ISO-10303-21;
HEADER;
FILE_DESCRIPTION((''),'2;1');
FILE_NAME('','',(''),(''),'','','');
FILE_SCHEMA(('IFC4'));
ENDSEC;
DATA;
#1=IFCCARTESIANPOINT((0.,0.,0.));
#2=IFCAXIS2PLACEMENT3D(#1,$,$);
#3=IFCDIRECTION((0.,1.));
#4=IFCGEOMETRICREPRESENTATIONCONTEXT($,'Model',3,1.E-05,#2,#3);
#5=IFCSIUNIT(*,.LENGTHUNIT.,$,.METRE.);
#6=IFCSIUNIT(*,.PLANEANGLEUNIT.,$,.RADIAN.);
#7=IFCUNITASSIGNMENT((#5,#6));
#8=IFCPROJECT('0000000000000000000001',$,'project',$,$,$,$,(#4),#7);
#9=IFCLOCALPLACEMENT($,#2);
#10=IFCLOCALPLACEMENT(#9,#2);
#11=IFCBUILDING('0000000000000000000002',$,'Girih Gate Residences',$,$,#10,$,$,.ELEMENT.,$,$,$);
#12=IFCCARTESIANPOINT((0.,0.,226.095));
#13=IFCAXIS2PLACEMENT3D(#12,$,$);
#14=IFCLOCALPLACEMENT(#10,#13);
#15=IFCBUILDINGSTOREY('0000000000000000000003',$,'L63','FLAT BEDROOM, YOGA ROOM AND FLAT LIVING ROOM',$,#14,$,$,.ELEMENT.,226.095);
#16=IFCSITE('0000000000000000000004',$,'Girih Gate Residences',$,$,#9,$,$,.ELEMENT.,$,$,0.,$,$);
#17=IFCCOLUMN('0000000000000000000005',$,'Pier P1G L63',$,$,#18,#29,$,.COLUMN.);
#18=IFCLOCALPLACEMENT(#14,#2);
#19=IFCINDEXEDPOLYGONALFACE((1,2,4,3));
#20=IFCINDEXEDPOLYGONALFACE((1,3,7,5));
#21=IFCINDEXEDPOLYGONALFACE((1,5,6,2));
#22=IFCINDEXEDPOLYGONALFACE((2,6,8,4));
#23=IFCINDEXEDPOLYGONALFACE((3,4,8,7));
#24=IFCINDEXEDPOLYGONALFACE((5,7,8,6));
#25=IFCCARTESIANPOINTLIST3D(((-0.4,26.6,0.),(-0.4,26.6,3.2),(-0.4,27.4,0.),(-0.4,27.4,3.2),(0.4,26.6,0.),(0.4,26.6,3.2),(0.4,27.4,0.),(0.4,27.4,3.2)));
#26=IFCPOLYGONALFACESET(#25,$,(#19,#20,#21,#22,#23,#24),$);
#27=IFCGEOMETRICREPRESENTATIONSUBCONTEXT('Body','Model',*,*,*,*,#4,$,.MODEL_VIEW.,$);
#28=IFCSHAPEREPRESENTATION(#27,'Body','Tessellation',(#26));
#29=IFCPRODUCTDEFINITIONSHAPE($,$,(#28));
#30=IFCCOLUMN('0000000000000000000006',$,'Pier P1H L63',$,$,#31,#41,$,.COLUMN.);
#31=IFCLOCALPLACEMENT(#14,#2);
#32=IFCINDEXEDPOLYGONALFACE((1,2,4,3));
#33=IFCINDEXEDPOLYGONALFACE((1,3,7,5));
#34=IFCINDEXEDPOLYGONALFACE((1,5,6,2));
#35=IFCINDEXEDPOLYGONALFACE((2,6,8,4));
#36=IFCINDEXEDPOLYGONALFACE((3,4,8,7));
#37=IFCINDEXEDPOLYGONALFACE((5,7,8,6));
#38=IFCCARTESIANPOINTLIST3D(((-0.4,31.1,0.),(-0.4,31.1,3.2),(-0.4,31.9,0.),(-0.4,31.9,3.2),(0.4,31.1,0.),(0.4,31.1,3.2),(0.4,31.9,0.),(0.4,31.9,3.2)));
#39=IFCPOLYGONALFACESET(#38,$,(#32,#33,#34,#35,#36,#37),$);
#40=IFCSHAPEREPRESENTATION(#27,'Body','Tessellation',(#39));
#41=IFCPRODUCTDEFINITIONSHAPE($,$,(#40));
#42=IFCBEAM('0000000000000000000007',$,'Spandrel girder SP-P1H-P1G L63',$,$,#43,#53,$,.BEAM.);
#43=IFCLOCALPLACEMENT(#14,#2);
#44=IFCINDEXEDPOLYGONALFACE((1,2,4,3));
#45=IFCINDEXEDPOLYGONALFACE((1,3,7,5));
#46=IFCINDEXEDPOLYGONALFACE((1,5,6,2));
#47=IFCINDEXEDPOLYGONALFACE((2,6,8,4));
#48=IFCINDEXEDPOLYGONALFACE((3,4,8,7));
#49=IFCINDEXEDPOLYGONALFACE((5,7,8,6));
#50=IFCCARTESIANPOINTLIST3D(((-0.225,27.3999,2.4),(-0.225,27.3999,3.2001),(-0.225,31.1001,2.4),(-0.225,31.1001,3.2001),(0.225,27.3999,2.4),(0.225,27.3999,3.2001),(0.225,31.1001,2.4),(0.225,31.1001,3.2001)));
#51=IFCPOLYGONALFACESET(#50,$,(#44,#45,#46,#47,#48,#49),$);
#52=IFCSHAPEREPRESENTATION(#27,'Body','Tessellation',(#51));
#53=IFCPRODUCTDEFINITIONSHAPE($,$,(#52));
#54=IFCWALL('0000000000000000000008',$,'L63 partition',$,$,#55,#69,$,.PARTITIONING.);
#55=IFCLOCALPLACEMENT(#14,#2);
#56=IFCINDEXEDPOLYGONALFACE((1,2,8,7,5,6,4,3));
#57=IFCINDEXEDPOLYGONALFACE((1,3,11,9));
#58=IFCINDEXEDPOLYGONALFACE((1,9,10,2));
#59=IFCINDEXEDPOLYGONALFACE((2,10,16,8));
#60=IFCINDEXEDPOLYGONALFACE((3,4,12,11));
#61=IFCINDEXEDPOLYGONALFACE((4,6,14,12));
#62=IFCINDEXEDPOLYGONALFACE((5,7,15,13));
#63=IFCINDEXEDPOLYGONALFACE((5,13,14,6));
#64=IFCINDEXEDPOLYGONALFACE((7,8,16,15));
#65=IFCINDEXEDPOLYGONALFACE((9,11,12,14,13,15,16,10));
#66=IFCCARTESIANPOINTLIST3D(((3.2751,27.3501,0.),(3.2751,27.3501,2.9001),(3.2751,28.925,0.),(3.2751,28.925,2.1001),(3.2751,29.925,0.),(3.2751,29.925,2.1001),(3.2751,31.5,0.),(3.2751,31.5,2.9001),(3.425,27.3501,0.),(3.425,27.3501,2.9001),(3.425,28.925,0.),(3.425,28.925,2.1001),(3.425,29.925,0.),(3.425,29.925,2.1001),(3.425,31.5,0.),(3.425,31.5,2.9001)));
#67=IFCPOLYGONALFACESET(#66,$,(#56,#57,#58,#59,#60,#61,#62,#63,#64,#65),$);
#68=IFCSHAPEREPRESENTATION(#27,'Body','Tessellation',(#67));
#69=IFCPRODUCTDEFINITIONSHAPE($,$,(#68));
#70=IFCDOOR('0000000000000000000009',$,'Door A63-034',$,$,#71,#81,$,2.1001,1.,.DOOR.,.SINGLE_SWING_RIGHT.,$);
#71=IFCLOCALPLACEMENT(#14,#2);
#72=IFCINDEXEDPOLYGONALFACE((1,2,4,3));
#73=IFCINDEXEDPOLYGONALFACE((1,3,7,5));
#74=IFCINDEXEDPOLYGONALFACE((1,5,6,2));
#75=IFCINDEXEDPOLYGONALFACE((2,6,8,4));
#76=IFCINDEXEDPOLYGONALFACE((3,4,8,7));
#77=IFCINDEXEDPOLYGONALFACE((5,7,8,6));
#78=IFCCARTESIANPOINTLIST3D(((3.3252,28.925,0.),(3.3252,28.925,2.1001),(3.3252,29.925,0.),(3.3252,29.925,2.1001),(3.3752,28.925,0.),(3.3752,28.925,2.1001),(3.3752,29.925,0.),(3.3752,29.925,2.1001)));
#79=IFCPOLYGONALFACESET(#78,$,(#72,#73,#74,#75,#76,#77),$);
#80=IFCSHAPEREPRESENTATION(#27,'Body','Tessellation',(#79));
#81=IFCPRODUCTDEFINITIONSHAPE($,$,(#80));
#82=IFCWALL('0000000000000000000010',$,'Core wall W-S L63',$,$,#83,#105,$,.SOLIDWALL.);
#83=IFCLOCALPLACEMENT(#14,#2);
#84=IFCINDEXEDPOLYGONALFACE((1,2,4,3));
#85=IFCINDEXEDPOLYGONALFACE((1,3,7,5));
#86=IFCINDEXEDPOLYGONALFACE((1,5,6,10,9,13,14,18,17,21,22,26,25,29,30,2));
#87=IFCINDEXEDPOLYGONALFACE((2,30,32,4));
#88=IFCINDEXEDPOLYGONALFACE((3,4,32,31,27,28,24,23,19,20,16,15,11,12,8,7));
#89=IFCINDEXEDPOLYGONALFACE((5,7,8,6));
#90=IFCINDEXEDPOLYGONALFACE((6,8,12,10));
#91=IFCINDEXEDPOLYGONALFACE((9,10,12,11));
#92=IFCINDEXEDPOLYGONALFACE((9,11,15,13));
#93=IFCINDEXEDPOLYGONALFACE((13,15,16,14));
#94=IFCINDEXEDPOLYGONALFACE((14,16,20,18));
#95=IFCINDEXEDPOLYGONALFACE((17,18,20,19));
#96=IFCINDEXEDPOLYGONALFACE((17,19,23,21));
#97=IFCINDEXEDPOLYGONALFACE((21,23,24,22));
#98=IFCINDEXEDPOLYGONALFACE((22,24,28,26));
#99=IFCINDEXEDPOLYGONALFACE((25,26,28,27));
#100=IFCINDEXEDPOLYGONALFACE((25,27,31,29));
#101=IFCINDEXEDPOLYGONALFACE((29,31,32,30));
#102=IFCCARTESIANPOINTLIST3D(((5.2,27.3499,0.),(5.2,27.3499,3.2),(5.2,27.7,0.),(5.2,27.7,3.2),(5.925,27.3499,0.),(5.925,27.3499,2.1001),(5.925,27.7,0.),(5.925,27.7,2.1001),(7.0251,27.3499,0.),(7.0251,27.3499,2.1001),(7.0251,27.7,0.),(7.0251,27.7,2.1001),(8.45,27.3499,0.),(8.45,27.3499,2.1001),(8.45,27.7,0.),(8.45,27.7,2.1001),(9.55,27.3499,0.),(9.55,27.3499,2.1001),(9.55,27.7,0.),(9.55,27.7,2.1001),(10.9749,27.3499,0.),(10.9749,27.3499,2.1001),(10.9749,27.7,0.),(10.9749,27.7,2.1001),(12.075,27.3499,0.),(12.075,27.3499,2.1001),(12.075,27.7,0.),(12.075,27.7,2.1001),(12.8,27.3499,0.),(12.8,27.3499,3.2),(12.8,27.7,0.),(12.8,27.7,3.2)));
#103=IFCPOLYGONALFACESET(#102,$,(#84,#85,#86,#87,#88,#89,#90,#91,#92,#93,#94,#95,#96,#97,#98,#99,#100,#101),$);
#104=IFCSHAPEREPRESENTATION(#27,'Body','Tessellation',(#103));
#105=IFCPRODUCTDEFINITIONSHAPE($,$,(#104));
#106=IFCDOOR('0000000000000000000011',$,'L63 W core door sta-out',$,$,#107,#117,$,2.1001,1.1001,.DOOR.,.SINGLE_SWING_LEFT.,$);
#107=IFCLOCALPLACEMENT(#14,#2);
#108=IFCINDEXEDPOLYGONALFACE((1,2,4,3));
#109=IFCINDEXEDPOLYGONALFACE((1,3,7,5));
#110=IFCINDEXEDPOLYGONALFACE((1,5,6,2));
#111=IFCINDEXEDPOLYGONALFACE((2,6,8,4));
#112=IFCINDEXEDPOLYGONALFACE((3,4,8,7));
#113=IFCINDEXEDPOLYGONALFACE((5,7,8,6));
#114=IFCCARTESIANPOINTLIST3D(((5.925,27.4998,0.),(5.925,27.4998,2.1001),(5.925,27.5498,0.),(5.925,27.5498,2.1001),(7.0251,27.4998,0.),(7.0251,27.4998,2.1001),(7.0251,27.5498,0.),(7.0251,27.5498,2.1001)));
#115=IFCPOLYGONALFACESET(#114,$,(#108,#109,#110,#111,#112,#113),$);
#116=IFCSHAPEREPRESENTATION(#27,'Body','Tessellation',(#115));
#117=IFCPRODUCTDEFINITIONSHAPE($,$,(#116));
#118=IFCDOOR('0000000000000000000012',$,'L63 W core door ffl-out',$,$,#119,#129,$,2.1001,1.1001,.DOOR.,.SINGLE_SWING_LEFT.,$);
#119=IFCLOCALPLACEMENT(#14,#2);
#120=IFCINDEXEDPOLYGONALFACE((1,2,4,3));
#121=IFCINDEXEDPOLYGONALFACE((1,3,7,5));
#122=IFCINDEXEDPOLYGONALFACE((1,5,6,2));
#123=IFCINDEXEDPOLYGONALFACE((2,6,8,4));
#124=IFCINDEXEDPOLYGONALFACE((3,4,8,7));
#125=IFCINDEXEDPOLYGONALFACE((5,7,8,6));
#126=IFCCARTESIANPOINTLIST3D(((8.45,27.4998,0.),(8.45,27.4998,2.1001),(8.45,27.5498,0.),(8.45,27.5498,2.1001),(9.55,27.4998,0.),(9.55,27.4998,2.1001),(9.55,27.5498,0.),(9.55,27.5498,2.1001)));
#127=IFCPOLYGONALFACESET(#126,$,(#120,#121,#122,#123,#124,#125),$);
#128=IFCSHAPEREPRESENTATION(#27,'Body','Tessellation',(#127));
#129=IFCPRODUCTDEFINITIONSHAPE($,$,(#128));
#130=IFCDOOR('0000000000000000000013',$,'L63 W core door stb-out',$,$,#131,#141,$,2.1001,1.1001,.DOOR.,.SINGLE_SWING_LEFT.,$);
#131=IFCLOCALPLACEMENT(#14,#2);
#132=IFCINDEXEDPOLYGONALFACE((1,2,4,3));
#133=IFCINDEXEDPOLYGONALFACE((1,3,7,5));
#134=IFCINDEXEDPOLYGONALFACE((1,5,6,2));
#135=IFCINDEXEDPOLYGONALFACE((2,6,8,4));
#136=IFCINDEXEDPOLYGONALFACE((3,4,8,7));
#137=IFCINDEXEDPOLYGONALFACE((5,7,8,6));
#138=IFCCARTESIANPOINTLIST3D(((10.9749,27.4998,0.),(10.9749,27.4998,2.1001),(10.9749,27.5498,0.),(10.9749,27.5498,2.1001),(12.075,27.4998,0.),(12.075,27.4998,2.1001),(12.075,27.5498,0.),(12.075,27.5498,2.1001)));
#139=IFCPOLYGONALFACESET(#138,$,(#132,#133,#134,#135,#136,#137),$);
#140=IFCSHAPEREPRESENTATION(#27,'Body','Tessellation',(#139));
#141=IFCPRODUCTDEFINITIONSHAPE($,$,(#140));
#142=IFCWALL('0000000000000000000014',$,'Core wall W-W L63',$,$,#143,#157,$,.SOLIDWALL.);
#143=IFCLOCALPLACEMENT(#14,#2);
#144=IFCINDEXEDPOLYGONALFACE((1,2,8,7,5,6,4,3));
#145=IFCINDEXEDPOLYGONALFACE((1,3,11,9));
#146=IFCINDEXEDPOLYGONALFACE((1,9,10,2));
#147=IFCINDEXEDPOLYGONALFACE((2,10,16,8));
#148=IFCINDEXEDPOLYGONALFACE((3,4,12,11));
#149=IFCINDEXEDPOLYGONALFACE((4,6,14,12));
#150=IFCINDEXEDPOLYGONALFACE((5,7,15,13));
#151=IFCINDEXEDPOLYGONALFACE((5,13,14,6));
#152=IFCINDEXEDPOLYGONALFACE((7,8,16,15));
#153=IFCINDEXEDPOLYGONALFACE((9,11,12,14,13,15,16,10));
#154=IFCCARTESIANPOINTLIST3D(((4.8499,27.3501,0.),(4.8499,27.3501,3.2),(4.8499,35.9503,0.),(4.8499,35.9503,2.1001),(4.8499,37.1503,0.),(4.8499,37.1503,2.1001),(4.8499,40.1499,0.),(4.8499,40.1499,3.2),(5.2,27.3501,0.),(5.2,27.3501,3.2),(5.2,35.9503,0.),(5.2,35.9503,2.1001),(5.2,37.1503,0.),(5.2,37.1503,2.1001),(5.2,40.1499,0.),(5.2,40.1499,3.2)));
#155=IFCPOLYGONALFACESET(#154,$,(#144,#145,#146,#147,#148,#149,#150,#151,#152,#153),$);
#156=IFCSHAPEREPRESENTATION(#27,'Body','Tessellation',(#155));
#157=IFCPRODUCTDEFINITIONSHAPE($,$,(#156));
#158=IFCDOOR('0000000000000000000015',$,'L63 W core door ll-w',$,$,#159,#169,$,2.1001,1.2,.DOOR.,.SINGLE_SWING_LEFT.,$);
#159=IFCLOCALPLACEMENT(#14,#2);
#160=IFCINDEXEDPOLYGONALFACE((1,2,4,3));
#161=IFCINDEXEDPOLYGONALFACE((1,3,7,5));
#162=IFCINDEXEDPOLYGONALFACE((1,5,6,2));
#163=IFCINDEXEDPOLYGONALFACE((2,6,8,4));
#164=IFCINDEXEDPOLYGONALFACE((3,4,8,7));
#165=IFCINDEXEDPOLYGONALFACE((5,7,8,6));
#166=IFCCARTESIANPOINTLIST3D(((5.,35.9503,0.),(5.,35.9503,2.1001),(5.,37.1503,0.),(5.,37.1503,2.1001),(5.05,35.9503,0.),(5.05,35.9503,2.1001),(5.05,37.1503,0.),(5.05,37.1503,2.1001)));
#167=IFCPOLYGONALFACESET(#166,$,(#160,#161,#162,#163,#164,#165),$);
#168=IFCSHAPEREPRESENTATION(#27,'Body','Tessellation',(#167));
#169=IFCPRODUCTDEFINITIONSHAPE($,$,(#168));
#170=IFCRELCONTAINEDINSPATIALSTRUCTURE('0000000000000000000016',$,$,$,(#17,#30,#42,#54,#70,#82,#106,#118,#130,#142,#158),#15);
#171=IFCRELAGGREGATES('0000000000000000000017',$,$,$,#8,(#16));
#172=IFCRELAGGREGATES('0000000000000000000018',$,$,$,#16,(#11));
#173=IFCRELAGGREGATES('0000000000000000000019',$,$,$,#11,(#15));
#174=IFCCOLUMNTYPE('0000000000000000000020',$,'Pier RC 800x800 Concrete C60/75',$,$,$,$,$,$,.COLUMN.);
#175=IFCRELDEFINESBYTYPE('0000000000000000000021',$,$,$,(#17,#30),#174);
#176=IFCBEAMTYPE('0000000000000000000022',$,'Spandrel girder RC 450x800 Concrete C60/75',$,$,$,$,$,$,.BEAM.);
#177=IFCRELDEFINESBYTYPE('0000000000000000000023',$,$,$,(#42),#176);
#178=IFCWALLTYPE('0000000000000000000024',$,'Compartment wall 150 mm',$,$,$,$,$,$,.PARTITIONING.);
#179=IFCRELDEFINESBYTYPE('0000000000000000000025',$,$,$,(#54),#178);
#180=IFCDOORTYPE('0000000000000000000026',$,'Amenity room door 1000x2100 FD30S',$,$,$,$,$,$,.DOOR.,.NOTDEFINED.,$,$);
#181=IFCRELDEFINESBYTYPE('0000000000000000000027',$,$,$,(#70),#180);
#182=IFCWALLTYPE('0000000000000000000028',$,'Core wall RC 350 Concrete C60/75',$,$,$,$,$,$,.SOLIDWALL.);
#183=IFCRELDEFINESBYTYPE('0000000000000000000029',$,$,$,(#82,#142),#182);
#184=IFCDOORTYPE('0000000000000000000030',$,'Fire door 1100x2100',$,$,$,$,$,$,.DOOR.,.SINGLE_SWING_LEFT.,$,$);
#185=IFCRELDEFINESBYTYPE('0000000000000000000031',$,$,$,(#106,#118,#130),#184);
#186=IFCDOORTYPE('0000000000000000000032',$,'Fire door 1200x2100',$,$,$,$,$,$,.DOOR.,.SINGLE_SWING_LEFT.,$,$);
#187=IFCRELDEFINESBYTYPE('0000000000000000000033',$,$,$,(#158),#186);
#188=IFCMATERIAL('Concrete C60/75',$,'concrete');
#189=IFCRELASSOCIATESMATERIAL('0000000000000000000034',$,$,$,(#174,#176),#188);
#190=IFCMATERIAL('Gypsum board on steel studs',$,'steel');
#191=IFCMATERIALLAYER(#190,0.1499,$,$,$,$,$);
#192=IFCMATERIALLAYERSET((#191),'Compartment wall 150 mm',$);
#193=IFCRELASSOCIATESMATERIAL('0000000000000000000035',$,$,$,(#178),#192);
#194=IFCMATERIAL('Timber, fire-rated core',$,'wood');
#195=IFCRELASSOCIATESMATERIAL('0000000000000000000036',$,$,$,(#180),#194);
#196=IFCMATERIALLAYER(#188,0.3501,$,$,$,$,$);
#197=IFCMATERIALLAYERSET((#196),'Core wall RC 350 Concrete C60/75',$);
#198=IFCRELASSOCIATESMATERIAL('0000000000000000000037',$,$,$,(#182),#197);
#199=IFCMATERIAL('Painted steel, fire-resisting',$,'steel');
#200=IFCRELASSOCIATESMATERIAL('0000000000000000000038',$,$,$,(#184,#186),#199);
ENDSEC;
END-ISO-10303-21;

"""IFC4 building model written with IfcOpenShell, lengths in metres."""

from ifc_helpers import new_model, si_unit, direction, frame, frame_2d, origin, origin_2d, place, context, subcontext, project, spatial, rectangle, extrude, material, layer, layer_set, material_profile, profile_set, type_object, element, fill, save


model = new_model("IFC4")

# Units and contexts
model_context = context("Model", 3, precision=1e-05, world=origin(), true_north=direction((0.0, 1.0)))
body_context = subcontext(model_context, "Body", "Model", "MODEL_VIEW")
ifc_project = project(units=[si_unit("LENGTHUNIT", "METRE"), si_unit("PLANEANGLEUNIT", "RADIAN")], contexts=[model_context])

# Site, building, storey
site_placement = place(None, origin())
site = spatial("IfcSite", under=ifc_project, at=site_placement, Name="Girih Gate Residences", CompositionType="ELEMENT", RefElevation=0.0)
building_placement = place(site_placement, origin())
building = spatial("IfcBuilding", under=site, at=building_placement, Name="Girih Gate Residences", CompositionType="ELEMENT")
storey_placement = place(building_placement, frame((0.0, 0.0, 226.095)))
storey = spatial("IfcBuildingStorey", under=building, at=storey_placement, Name="L63", Description="FLAT BEDROOM, YOGA ROOM AND FLAT LIVING ROOM", CompositionType="ELEMENT", Elevation=226.095)

# Columns
ifc_material_1 = material(Name="Concrete C60/75", Category="concrete")
ifc_material_profile_1 = material_profile(ifc_material_1, rectangle(XDim=0.8, YDim=0.8, at=origin_2d()))
ifc_profile_set_1 = profile_set([ifc_material_profile_1], Name="Concrete C60/75")
column_type = type_object("IfcColumnType", Name="Pier RC 800x800 Concrete C60/75", PredefinedType="COLUMN", material=ifc_profile_set_1)
for number, where, z_axis, x_axis, name in (
    (1, (0.0, 27.0, 0.0), (0.0, 0.0, 1.0), (1.0, 0.0, 0.0), "Pier P1G L63"),
    (2, (0.0, 31.5, 0.0), (0.0, 0.0, 1.0), (1.0, 0.0, 0.0), "Pier P1H L63"),
):
    element("IfcColumn", number, at=place(storey_placement, frame(where, z_axis=z_axis, x_axis=x_axis)), inside=storey, type_object=column_type, Name=name, PredefinedType="COLUMN", context=body_context, shape_type="SweptSolid", body=[
        extrude(rectangle(XDim=0.8, YDim=0.8, at=origin_2d()), origin(), (0.0, 0.0, 1.0), 3.2),
    ])

# Beam
ifc_material_profile_2 = material_profile(ifc_material_1, rectangle(XDim=0.45, YDim=0.8, at=origin_2d()))
ifc_profile_set_2 = profile_set([ifc_material_profile_2], Name="Concrete C60/75")
beam_type = type_object("IfcBeamType", Name="Spandrel girder RC 450x800 Concrete C60/75", PredefinedType="BEAM", material=ifc_profile_set_2)
beam_placement = place(storey_placement, frame((0.0, 31.1001, 2.8), z_axis=(0.0, -1.0, 0.0), x_axis=(1.0, 0.0, 0.0)))
element("IfcBeam", 3, at=beam_placement, inside=storey, type_object=beam_type, Name="Spandrel girder SP-P1H-P1G L63", PredefinedType="BEAM", context=body_context, shape_type="SweptSolid", body=[
    extrude(rectangle(XDim=0.45, YDim=0.8, at=origin_2d()), origin(), (0.0, 0.0, 1.0), 3.7002),
])

# Wall, opening, door
ifc_material_2 = material(Name="Gypsum board on steel studs", Category="steel")
ifc_layer_1 = layer(ifc_material_2, 0.1499)
ifc_layer_set_1 = layer_set([ifc_layer_1], Name="Compartment wall 150 mm")
wall_type_1 = type_object("IfcWallType", Name="Compartment wall 150 mm", PredefinedType="PARTITIONING", material=ifc_layer_set_1)
wall_1_placement = place(storey_placement, frame((3.3501, 27.3501, 0.0), z_axis=(0.0, 0.0, 1.0), x_axis=(0.0, 1.0, 0.0)))
wall_1 = element("IfcWall", 4, at=wall_1_placement, inside=storey, type_object=wall_type_1, Name="L63 partition", PredefinedType="PARTITIONING", context=body_context, shape_type="SweptSolid", body=[
    extrude(rectangle(XDim=4.1499, YDim=0.1499, at=frame_2d((2.075, 0.0))), origin(), (0.0, 0.0, 1.0), 2.9001),
])
opening_1_placement = place(wall_1_placement, frame((1.575, 0.0, 0.0)))
opening_1 = element("IfcOpeningElement", 5, at=opening_1_placement, cuts=wall_1, PredefinedType="OPENING", context=body_context, shape_type="SweptSolid", body=[
    extrude(rectangle(XDim=1.0, YDim=2.1001, at=frame_2d((0.5, 1.05))), frame((0.0, 0.085, 0.0), z_axis=(0.0, -1.0, 0.0), x_axis=(1.0, 0.0, 0.0)), (0.0, 0.0, 1.0), 0.1699),
])
ifc_material_3 = material(Name="Timber, fire-rated core", Category="wood")
door_type_1 = type_object("IfcDoorType", Name="Amenity room door 1000x2100 FD30S", OperationType="NOTDEFINED", PredefinedType="DOOR", material=ifc_material_3)
door_1_placement = place(opening_1_placement, origin())
door_1 = element("IfcDoor", 6, at=door_1_placement, inside=storey, type_object=door_type_1, Name="Door A63-034", OperationType="SINGLE_SWING_RIGHT", OverallHeight=2.1001, OverallWidth=1.0, PredefinedType="DOOR", context=body_context, shape_type="SweptSolid", body=[
    extrude(rectangle(XDim=1.0, YDim=2.1001, at=frame_2d((0.5, 1.05))), frame((0.0, 0.0249, 0.0), z_axis=(0.0, -1.0, 0.0), x_axis=(1.0, 0.0, 0.0)), (0.0, 0.0, 1.0), 0.05),
])
fill(opening_1, door_1)

# Wall, openings, doors
ifc_layer_2 = layer(ifc_material_1, 0.3501)
ifc_layer_set_2 = layer_set([ifc_layer_2], Name="Core wall RC 350 Concrete C60/75")
wall_type_2 = type_object("IfcWallType", Name="Core wall RC 350 Concrete C60/75", PredefinedType="SOLIDWALL", material=ifc_layer_set_2)
wall_2_placement = place(storey_placement, frame((5.2, 27.5249, 0.0), z_axis=(0.0, 0.0, 1.0), x_axis=(1.0, 0.0, 0.0)))
wall_2 = element("IfcWall", 7, at=wall_2_placement, inside=storey, type_object=wall_type_2, Name="Core wall W-S L63", PredefinedType="SOLIDWALL", context=body_context, shape_type="SweptSolid", body=[
    extrude(rectangle(XDim=7.6001, YDim=0.3501, at=frame_2d((3.8, 0.0))), origin(), (0.0, 0.0, 1.0), 3.2),
])
opening_2_placement = place(wall_2_placement, frame((0.7251, 0.0, 0.0)))
opening_2 = element("IfcOpeningElement", 8, at=opening_2_placement, cuts=wall_2, PredefinedType="OPENING", context=body_context, shape_type="SweptSolid", body=[
    extrude(rectangle(XDim=1.1001, YDim=2.1001, at=frame_2d((0.55, 1.05))), frame((0.0, 0.1851, 0.0), z_axis=(0.0, -1.0, 0.0), x_axis=(1.0, 0.0, 0.0)), (0.0, 0.0, 1.0), 0.3701),
])
opening_3_placement = place(wall_2_placement, frame((3.25, 0.0, 0.0)))
opening_3 = element("IfcOpeningElement", 9, at=opening_3_placement, cuts=wall_2, PredefinedType="OPENING", context=body_context, shape_type="SweptSolid", body=[
    extrude(rectangle(XDim=1.1001, YDim=2.1001, at=frame_2d((0.55, 1.05))), frame((0.0, 0.1851, 0.0), z_axis=(0.0, -1.0, 0.0), x_axis=(1.0, 0.0, 0.0)), (0.0, 0.0, 1.0), 0.3701),
])
opening_4_placement = place(wall_2_placement, frame((5.7749, 0.0, 0.0)))
opening_4 = element("IfcOpeningElement", 10, at=opening_4_placement, cuts=wall_2, PredefinedType="OPENING", context=body_context, shape_type="SweptSolid", body=[
    extrude(rectangle(XDim=1.1001, YDim=2.1001, at=frame_2d((0.55, 1.05))), frame((0.0, 0.1851, 0.0), z_axis=(0.0, -1.0, 0.0), x_axis=(1.0, 0.0, 0.0)), (0.0, 0.0, 1.0), 0.3701),
])
ifc_material_4 = material(Name="Painted steel, fire-resisting", Category="steel")
door_type_2 = type_object("IfcDoorType", Name="Fire door 1100x2100", OperationType="SINGLE_SWING_LEFT", PredefinedType="DOOR", material=ifc_material_4)
door_2_placement = place(opening_2_placement, origin())
door_2 = element("IfcDoor", 11, at=door_2_placement, inside=storey, type_object=door_type_2, Name="L63 W core door sta-out", OperationType="SINGLE_SWING_LEFT", OverallHeight=2.1001, OverallWidth=1.1001, PredefinedType="DOOR", context=body_context, shape_type="SweptSolid", body=[
    extrude(rectangle(XDim=1.1001, YDim=2.1001, at=frame_2d((0.55, 1.05))), frame((0.0, 0.0249, 0.0), z_axis=(0.0, -1.0, 0.0), x_axis=(1.0, 0.0, 0.0)), (0.0, 0.0, 1.0), 0.05),
])
fill(opening_2, door_2)
door_3_placement = place(opening_3_placement, origin())
door_3 = element("IfcDoor", 12, at=door_3_placement, inside=storey, type_object=door_type_2, Name="L63 W core door ffl-out", OperationType="SINGLE_SWING_LEFT", OverallHeight=2.1001, OverallWidth=1.1001, PredefinedType="DOOR", context=body_context, shape_type="SweptSolid", body=[
    extrude(rectangle(XDim=1.1001, YDim=2.1001, at=frame_2d((0.55, 1.05))), frame((0.0, 0.0249, 0.0), z_axis=(0.0, -1.0, 0.0), x_axis=(1.0, 0.0, 0.0)), (0.0, 0.0, 1.0), 0.05),
])
fill(opening_3, door_3)
door_4_placement = place(opening_4_placement, origin())
door_4 = element("IfcDoor", 13, at=door_4_placement, inside=storey, type_object=door_type_2, Name="L63 W core door stb-out", OperationType="SINGLE_SWING_LEFT", OverallHeight=2.1001, OverallWidth=1.1001, PredefinedType="DOOR", context=body_context, shape_type="SweptSolid", body=[
    extrude(rectangle(XDim=1.1001, YDim=2.1001, at=frame_2d((0.55, 1.05))), frame((0.0, 0.0249, 0.0), z_axis=(0.0, -1.0, 0.0), x_axis=(1.0, 0.0, 0.0)), (0.0, 0.0, 1.0), 0.05),
])
fill(opening_4, door_4)

# Wall, opening, door
wall_3_placement = place(storey_placement, frame((5.0249, 27.3501, 0.0), z_axis=(0.0, 0.0, 1.0), x_axis=(0.0, 1.0, 0.0)))
wall_3 = element("IfcWall", 14, at=wall_3_placement, inside=storey, type_object=wall_type_2, Name="Core wall W-W L63", PredefinedType="SOLIDWALL", context=body_context, shape_type="SweptSolid", body=[
    extrude(rectangle(XDim=12.7998, YDim=0.3501, at=frame_2d((6.3999, 0.0))), origin(), (0.0, 0.0, 1.0), 3.2),
])
opening_5_placement = place(wall_3_placement, frame((8.6001, 0.0, 0.0)))
opening_5 = element("IfcOpeningElement", 15, at=opening_5_placement, cuts=wall_3, PredefinedType="OPENING", context=body_context, shape_type="SweptSolid", body=[
    extrude(rectangle(XDim=1.2, YDim=2.1001, at=frame_2d((0.6001, 1.05))), frame((0.0, 0.1851, 0.0), z_axis=(0.0, -1.0, 0.0), x_axis=(1.0, 0.0, 0.0)), (0.0, 0.0, 1.0), 0.3701),
])
door_type_3 = type_object("IfcDoorType", Name="Fire door 1200x2100", OperationType="SINGLE_SWING_LEFT", PredefinedType="DOOR", material=ifc_material_4)
door_5_placement = place(opening_5_placement, origin())
door_5 = element("IfcDoor", 16, at=door_5_placement, inside=storey, type_object=door_type_3, Name="L63 W core door ll-w", OperationType="SINGLE_SWING_LEFT", OverallHeight=2.1001, OverallWidth=1.2, PredefinedType="DOOR", context=body_context, shape_type="SweptSolid", body=[
    extrude(rectangle(XDim=1.2, YDim=2.1001, at=frame_2d((0.6001, 1.05))), frame((0.0, 0.0249, 0.0), z_axis=(0.0, -1.0, 0.0), x_axis=(1.0, 0.0, 0.0)), (0.0, 0.0, 1.0), 0.05),
])
fill(opening_5, door_5)

save(model, "model.ifc")
